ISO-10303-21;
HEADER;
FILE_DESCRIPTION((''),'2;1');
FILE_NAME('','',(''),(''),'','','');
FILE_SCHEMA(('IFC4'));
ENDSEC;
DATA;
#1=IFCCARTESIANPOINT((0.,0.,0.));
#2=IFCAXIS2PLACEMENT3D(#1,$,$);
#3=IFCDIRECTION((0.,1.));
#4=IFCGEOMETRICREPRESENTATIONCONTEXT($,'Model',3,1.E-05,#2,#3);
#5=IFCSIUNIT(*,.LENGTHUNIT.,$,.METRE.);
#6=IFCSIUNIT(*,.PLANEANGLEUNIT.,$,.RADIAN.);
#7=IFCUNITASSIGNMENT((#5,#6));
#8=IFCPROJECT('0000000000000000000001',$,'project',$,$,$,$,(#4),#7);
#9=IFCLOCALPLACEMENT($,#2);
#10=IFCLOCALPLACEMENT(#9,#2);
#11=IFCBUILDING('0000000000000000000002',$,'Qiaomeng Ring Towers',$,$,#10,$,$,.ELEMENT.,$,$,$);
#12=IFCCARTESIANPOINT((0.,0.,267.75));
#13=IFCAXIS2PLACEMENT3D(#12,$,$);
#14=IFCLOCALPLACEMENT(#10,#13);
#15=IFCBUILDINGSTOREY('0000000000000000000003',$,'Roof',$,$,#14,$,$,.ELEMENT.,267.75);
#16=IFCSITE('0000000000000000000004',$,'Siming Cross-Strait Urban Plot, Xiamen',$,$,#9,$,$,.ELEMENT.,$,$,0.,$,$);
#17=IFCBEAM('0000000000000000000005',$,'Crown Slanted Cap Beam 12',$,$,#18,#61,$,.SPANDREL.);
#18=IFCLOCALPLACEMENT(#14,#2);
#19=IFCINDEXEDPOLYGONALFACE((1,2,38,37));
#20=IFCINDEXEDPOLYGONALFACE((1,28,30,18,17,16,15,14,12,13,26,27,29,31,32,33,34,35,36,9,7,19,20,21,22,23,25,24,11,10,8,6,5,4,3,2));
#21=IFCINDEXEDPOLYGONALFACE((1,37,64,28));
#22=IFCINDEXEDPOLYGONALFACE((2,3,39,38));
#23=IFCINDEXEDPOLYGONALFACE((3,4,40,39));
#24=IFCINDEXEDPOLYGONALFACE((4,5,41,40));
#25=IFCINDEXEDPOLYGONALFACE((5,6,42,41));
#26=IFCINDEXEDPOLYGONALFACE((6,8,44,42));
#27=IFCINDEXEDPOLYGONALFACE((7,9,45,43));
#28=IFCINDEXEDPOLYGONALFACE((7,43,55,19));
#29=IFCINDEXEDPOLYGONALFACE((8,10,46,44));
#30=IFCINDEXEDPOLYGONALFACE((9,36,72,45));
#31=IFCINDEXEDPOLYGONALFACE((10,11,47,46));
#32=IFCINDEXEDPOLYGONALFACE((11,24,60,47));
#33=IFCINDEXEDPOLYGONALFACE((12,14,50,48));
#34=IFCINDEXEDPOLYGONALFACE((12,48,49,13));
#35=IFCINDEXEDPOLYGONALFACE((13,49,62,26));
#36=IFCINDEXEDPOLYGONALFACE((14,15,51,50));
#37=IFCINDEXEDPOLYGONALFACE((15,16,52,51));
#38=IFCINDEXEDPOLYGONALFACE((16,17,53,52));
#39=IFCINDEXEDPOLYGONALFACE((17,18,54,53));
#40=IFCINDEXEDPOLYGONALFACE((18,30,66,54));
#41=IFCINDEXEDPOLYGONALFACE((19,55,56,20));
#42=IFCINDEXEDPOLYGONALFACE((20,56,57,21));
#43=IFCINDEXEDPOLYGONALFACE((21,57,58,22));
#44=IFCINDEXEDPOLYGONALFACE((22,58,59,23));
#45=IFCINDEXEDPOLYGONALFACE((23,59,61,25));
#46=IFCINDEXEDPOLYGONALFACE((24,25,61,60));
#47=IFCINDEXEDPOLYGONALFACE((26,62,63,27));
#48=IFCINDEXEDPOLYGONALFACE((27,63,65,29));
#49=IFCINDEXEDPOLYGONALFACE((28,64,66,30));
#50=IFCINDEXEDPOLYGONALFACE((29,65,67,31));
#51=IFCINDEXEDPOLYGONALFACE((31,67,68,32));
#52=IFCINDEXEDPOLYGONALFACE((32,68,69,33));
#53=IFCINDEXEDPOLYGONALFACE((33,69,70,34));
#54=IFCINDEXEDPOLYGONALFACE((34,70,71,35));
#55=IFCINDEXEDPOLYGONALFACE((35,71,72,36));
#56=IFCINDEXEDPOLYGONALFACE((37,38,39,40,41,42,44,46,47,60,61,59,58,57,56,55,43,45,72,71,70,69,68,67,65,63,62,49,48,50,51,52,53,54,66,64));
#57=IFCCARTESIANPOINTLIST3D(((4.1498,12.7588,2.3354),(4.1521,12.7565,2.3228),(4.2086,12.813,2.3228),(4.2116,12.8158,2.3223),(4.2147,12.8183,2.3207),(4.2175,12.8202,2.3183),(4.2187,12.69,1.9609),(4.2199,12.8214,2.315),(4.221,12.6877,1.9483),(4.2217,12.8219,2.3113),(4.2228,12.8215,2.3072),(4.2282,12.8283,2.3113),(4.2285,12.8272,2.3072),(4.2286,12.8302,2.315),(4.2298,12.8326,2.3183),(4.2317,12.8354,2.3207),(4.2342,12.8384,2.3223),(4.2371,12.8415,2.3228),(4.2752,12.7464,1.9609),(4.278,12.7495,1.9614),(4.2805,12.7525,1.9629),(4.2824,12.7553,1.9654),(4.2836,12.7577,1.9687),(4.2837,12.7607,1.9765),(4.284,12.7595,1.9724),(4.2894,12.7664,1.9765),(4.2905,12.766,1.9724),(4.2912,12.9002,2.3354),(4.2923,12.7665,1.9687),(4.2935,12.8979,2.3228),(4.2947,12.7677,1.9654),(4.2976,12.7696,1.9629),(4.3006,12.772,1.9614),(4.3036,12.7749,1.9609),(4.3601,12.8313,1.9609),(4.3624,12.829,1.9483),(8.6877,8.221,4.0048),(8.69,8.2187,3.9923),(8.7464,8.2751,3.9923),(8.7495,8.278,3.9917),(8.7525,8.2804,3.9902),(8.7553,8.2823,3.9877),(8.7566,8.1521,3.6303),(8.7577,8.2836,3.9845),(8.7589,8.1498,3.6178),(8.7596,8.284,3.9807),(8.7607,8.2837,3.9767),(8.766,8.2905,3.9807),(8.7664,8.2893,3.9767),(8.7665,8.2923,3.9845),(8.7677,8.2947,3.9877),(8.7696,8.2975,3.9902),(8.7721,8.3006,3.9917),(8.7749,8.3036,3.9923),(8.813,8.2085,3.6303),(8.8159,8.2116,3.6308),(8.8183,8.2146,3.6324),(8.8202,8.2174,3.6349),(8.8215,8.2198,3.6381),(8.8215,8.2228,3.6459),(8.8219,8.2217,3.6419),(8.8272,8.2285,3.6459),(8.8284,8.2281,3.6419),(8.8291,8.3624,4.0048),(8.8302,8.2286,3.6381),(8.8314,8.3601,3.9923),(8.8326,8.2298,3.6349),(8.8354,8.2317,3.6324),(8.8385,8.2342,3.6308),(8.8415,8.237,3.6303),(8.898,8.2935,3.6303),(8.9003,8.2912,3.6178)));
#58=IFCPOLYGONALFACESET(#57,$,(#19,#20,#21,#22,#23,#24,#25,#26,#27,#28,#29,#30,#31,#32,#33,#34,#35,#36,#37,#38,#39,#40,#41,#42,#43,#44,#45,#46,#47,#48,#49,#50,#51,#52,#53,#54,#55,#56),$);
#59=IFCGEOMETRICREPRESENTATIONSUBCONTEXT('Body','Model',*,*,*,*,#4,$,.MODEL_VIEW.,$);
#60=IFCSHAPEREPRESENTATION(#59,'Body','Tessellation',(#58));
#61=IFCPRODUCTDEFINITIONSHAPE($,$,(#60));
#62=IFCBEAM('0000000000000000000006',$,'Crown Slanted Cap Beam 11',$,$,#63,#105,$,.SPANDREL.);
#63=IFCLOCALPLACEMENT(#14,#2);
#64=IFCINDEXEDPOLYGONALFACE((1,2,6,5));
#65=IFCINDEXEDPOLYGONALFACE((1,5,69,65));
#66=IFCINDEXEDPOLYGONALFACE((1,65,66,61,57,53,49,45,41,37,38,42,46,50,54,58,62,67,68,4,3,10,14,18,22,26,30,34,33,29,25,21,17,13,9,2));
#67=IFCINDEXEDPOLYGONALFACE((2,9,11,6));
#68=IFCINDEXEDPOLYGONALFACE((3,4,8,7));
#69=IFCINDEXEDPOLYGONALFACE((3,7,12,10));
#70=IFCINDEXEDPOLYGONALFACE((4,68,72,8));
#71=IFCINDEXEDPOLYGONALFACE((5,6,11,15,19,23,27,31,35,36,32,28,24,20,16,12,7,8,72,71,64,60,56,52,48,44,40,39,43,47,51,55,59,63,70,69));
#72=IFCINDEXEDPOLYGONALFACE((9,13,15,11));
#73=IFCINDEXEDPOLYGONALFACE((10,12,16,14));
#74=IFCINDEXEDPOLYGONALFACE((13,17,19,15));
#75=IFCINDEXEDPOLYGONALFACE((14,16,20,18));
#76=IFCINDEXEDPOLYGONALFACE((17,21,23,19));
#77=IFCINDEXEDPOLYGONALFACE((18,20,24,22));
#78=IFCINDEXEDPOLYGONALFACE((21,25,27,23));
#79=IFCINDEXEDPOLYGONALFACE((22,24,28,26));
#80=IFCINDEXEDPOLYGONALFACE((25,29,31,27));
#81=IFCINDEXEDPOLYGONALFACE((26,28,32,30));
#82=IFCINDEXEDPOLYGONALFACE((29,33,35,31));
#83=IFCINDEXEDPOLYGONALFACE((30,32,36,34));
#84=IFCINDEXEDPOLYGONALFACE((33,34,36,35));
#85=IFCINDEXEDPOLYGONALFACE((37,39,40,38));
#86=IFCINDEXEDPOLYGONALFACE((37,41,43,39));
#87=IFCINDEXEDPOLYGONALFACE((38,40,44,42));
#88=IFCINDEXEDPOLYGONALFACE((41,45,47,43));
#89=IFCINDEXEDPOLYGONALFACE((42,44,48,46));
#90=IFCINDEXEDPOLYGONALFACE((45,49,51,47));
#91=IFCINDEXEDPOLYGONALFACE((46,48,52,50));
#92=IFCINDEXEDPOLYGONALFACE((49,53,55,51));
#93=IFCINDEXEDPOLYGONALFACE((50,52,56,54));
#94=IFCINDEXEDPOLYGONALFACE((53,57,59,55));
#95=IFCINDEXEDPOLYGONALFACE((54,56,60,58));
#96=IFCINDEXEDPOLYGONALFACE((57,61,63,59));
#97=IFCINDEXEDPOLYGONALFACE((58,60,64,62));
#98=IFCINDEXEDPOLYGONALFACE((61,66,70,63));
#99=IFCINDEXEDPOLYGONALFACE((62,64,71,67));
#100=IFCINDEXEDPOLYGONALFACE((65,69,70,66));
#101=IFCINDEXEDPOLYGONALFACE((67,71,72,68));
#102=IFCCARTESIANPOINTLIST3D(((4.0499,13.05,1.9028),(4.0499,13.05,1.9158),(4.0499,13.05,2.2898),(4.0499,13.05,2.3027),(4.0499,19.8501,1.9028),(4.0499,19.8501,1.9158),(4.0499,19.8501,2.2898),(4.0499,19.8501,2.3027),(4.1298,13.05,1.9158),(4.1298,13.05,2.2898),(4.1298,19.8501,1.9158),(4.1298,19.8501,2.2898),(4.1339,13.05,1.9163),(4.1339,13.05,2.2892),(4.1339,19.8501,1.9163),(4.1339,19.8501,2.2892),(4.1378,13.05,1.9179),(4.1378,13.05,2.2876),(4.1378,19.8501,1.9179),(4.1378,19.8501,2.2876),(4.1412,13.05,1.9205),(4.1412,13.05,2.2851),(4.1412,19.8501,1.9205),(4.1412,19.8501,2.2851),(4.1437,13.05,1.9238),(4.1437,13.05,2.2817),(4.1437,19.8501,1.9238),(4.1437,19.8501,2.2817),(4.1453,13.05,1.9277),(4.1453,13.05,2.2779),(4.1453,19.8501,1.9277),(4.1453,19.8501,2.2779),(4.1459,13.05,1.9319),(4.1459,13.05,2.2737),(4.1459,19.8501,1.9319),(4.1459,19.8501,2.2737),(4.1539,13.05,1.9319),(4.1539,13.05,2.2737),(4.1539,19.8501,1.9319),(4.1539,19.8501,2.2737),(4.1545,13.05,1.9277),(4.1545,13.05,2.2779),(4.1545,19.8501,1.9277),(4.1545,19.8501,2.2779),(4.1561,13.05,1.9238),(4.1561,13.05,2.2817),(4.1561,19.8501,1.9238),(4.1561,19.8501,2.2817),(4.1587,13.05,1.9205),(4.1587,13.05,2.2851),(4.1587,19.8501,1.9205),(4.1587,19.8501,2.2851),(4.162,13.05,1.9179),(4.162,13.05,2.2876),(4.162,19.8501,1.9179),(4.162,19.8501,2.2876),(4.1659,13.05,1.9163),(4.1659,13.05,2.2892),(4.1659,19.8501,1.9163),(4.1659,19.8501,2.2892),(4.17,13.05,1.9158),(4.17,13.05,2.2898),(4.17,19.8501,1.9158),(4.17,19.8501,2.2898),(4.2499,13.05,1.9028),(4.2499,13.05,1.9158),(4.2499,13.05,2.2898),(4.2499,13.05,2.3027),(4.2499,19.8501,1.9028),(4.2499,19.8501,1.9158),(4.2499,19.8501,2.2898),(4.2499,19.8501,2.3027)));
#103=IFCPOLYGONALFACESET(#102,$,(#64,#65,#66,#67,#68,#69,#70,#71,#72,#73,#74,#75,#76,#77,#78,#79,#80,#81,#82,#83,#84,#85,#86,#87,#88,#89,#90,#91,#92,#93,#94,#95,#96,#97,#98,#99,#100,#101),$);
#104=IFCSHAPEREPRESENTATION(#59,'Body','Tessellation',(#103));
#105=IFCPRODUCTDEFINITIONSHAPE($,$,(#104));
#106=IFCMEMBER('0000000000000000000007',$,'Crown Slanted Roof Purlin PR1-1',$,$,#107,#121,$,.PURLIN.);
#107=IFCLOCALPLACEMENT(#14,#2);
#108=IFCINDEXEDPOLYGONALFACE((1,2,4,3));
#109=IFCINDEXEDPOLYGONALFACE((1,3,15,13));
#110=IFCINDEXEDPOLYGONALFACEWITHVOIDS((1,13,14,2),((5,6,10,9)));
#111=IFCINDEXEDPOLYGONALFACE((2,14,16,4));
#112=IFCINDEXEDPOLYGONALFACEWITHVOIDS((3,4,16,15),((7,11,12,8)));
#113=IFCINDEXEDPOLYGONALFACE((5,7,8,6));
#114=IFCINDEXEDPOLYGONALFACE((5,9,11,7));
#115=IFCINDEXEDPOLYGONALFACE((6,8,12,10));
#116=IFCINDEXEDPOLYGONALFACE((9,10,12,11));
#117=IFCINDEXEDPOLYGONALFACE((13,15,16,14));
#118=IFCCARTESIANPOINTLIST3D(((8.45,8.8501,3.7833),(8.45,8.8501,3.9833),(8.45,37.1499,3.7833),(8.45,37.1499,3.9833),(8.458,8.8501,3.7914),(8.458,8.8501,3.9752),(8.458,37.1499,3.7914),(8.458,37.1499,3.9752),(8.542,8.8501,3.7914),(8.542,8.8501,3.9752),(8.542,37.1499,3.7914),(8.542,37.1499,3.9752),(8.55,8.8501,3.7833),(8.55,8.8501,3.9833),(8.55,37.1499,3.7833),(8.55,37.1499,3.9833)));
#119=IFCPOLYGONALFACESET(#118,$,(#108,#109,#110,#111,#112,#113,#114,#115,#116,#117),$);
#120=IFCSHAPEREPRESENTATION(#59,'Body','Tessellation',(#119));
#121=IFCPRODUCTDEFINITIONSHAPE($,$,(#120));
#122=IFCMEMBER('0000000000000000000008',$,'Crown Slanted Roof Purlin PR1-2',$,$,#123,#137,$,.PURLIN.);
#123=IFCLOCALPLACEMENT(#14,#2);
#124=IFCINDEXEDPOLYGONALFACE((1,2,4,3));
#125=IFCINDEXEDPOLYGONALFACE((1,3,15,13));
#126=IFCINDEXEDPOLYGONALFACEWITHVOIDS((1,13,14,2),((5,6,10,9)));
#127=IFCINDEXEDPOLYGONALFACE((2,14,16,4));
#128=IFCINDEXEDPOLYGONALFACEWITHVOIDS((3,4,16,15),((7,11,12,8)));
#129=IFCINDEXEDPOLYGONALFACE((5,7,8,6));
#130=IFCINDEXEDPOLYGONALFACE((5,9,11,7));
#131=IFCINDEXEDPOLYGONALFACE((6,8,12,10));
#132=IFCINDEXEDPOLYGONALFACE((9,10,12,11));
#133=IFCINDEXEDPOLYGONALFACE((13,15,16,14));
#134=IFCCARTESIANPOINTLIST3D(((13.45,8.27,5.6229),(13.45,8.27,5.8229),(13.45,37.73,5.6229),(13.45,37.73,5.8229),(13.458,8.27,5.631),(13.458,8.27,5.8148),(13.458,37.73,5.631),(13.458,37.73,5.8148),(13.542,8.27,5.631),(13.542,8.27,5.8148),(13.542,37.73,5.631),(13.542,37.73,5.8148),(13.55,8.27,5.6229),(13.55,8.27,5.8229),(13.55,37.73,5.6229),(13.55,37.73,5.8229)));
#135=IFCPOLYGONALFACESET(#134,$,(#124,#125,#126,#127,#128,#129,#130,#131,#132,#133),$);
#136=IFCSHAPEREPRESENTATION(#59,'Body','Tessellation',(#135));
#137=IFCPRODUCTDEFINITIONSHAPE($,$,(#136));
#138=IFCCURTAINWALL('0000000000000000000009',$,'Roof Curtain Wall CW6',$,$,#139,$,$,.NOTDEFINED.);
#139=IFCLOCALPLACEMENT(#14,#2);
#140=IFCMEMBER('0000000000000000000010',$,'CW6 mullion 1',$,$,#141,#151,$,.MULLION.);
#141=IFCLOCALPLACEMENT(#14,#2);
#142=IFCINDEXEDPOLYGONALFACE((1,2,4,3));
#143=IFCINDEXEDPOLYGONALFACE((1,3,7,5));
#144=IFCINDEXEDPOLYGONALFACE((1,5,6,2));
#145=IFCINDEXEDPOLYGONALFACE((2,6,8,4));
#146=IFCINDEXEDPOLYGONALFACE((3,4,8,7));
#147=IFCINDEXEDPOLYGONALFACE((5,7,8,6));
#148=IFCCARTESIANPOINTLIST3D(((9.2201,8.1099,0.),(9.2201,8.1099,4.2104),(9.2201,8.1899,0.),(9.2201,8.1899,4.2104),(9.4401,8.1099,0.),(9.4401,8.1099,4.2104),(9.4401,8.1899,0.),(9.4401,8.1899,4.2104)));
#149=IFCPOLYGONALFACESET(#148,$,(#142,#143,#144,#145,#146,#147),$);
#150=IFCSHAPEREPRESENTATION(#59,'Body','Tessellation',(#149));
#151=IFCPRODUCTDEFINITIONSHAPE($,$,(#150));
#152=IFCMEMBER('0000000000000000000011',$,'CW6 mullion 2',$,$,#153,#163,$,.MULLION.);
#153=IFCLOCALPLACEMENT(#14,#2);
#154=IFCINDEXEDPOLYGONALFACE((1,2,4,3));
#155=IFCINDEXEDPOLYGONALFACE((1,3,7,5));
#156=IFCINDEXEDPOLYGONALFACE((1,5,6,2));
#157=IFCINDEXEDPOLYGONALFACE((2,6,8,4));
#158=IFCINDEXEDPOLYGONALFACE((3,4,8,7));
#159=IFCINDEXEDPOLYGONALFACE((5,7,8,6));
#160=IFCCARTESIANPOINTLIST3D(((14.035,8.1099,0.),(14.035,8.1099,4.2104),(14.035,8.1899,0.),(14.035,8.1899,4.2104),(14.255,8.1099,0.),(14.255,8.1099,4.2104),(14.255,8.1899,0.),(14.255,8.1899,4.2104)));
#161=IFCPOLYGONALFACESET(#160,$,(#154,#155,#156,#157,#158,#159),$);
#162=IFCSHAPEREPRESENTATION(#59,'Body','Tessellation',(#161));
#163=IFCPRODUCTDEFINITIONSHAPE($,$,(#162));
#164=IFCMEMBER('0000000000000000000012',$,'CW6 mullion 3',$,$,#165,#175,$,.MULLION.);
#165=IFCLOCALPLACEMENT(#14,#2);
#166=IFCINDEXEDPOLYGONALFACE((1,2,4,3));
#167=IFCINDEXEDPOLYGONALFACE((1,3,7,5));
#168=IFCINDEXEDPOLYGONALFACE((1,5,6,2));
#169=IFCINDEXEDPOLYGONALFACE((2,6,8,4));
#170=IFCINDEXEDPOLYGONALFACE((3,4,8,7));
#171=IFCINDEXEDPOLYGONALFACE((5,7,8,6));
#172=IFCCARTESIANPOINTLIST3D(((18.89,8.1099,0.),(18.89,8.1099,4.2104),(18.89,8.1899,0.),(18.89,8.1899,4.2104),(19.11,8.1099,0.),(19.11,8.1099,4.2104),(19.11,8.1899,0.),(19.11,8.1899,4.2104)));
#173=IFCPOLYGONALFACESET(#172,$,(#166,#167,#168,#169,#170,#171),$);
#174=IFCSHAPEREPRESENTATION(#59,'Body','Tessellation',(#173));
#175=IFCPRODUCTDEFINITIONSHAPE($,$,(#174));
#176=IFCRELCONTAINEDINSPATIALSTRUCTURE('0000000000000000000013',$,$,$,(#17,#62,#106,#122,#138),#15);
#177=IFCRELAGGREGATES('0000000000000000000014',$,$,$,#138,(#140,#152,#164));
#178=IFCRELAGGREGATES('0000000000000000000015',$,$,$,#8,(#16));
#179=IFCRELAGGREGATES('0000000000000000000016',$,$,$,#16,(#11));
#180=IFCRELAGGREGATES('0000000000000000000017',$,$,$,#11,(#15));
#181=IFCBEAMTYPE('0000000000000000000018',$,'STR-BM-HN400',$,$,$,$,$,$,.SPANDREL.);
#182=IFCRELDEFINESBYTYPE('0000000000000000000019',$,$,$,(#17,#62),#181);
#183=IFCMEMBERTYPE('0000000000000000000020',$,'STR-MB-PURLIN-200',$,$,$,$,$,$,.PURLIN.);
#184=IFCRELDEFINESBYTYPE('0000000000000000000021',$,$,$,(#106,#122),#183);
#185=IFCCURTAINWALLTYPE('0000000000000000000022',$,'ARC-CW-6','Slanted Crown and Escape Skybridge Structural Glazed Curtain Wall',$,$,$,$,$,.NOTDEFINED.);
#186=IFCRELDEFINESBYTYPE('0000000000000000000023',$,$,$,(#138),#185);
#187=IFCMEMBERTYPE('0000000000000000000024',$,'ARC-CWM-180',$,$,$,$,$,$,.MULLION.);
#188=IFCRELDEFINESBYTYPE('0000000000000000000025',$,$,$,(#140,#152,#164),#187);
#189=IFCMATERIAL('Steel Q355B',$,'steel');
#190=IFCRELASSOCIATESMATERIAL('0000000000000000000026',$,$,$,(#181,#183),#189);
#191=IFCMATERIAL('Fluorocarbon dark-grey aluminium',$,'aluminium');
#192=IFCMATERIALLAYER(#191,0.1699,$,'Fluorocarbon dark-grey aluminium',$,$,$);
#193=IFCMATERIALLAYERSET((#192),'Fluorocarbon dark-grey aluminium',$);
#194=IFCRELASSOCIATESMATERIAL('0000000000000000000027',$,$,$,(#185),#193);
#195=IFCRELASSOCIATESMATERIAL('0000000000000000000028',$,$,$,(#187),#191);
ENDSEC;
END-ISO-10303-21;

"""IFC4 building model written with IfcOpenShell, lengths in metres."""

from ifc_helpers import new_model, si_unit, direction, frame, origin, origin_2d, place, context, subcontext, project, spatial, rectangle, hollow_rectangle, i_section, extrude, source, transform, mapped, material, layer, layer_set, material_profile, profile_set, type_object, element, aggregate, save


model = new_model("IFC4")

# Units and contexts
model_context = context("Model", 3, precision=1e-05, world=origin(), true_north=direction((0.0, 1.0)))
body_context = subcontext(model_context, "Body", "Model", "MODEL_VIEW")
ifc_project = project(units=[si_unit("LENGTHUNIT", "METRE"), si_unit("PLANEANGLEUNIT", "RADIAN")], contexts=[model_context])

# Site, building, storey
site_placement = place(None, origin())
site = spatial("IfcSite", under=ifc_project, at=site_placement, Name="Siming Cross-Strait Urban Plot, Xiamen", CompositionType="ELEMENT", RefElevation=0.0)
building_placement = place(site_placement, origin())
building = spatial("IfcBuilding", under=site, at=building_placement, Name="Qiaomeng Ring Towers", CompositionType="ELEMENT")
storey_placement = place(building_placement, frame((0.0, 0.0, 267.75)))
storey = spatial("IfcBuildingStorey", under=building, at=storey_placement, Name="Roof", CompositionType="ELEMENT", Elevation=267.75)

# Shared definitions
ifc_material_1 = material(Name="Steel Q355B", Category="steel")

# Beams
ifc_material_profile_1 = material_profile(ifc_material_1, i_section(OverallWidth=0.2, OverallDepth=0.3999, WebThickness=0.0081, FlangeThickness=0.0129, FilletRadius=0.0161, at=origin_2d()), Name="HN 400x200x8x13")
ifc_profile_set_1 = profile_set([ifc_material_profile_1], Name="Steel Q355B")
beam_type = type_object("IfcBeamType", Name="STR-BM-HN400", PredefinedType="SPANDREL", material=ifc_profile_set_1)
shared_shape_1 = source(origin(), body_context, "Body", "SweptSolid", [
    extrude(i_section(OverallWidth=0.2, OverallDepth=0.3999, WebThickness=0.0081, FlangeThickness=0.0129, FilletRadius=0.0161, at=origin_2d()), origin(), (0.0, 0.0, 1.0), 6.6311),
])
beam_1_placement = place(storey_placement, frame((4.2561, 12.7939, 2.1418), z_axis=(0.684331, -0.684331, 0.251759), x_axis=(0.707107, 0.707107, 0.0)))
element("IfcBeam", 1, at=beam_1_placement, inside=storey, type_object=beam_type, Name="Crown Slanted Cap Beam 12", PredefinedType="SPANDREL", context=body_context, shape_type="MappedRepresentation", body=[
    mapped(shared_shape_1, transform((0.0, 0.0, 0.0), x_axis=(1.0, 0.0, 0.0), y_axis=(0.0, 1.0, 0.0), z_axis=(0.0, 0.0, 1.0), scale=1.0)),
])
shared_shape_2 = source(origin(), body_context, "Body", "SweptSolid", [
    extrude(i_section(OverallWidth=0.2, OverallDepth=0.3999, WebThickness=0.0081, FlangeThickness=0.0129, FilletRadius=0.0161, at=origin_2d()), origin(), (0.0, 0.0, 1.0), 6.8),
])
beam_2_placement = place(storey_placement, frame((4.1499, 19.8501, 2.1028), z_axis=(0.0, -1.0, 0.0), x_axis=(1.0, 0.0, 0.0)))
element("IfcBeam", 2, at=beam_2_placement, inside=storey, type_object=beam_type, Name="Crown Slanted Cap Beam 11", PredefinedType="SPANDREL", context=body_context, shape_type="MappedRepresentation", body=[
    mapped(shared_shape_2, transform((0.0, 0.0, 0.0), x_axis=(1.0, 0.0, 0.0), y_axis=(0.0, 1.0, 0.0), z_axis=(0.0, 0.0, 1.0), scale=1.0)),
])

# Members
ifc_material_profile_2 = material_profile(ifc_material_1, hollow_rectangle(XDim=0.1001, YDim=0.2, WallThickness=0.0081, at=origin_2d()), Name="RHS 200x100x8")
ifc_profile_set_2 = profile_set([ifc_material_profile_2], Name="Steel Q355B")
member_type_1 = type_object("IfcMemberType", Name="STR-MB-PURLIN-200", PredefinedType="PURLIN", material=ifc_profile_set_2)
shared_shape_3 = source(origin(), body_context, "Body", "SweptSolid", [
    extrude(hollow_rectangle(XDim=0.1001, YDim=0.2, WallThickness=0.0081, at=origin_2d()), origin(), (0.0, 0.0, 1.0), 28.2998),
])
member_1_placement = place(storey_placement, frame((8.5, 8.8501, 3.8833), z_axis=(0.0, 1.0, 0.0), x_axis=(-1.0, 0.0, 0.0)))
element("IfcMember", 3, at=member_1_placement, inside=storey, type_object=member_type_1, Name="Crown Slanted Roof Purlin PR1-1", PredefinedType="PURLIN", context=body_context, shape_type="MappedRepresentation", body=[
    mapped(shared_shape_3, transform((0.0, 0.0, 0.0), x_axis=(1.0, 0.0, 0.0), y_axis=(0.0, 1.0, 0.0), z_axis=(0.0, 0.0, 1.0), scale=1.0)),
])
shared_shape_4 = source(origin(), body_context, "Body", "SweptSolid", [
    extrude(hollow_rectangle(XDim=0.1001, YDim=0.2, WallThickness=0.0081, at=origin_2d()), origin(), (0.0, 0.0, 1.0), 29.46),
])
member_2_placement = place(storey_placement, frame((13.5, 8.27, 5.7229), z_axis=(0.0, 1.0, 0.0), x_axis=(-1.0, 0.0, 0.0)))
element("IfcMember", 4, at=member_2_placement, inside=storey, type_object=member_type_1, Name="Crown Slanted Roof Purlin PR1-2", PredefinedType="PURLIN", context=body_context, shape_type="MappedRepresentation", body=[
    mapped(shared_shape_4, transform((0.0, 0.0, 0.0), x_axis=(1.0, 0.0, 0.0), y_axis=(0.0, 1.0, 0.0), z_axis=(0.0, 0.0, 1.0), scale=1.0)),
])

# Curtain wall, members
ifc_material_2 = material(Name="Fluorocarbon dark-grey aluminium", Category="aluminium")
ifc_layer_1 = layer(ifc_material_2, 0.1699, Name="Fluorocarbon dark-grey aluminium")
ifc_layer_set_1 = layer_set([ifc_layer_1], Name="Fluorocarbon dark-grey aluminium")
curtain_wall_type = type_object("IfcCurtainWallType", Name="ARC-CW-6", Description="Slanted Crown and Escape Skybridge Structural Glazed Curtain Wall", PredefinedType="NOTDEFINED", material=ifc_layer_set_1)
curtain_wall_1_placement = place(storey_placement, origin())
curtain_wall_1 = element("IfcCurtainWall", 5, at=curtain_wall_1_placement, inside=storey, type_object=curtain_wall_type, Name="Roof Curtain Wall CW6", PredefinedType="NOTDEFINED")
ifc_material_profile_3 = material_profile(ifc_material_2, rectangle(XDim=0.0801, YDim=0.22, at=origin_2d()), Name="ALU MULL 80x220")
ifc_profile_set_3 = profile_set([ifc_material_profile_3], Name="Fluorocarbon dark-grey aluminium")
member_type_2 = type_object("IfcMemberType", Name="ARC-CWM-180", PredefinedType="MULLION", material=ifc_profile_set_3)
shared_shape_5 = source(origin(), body_context, "Body", "SweptSolid", [
    extrude(rectangle(XDim=0.0801, YDim=0.22, at=origin_2d()), origin(), (0.0, 0.0, 1.0), 4.2104),
])
member_3_placement = place(storey_placement, frame((9.3301, 8.1499, 0.0), z_axis=(0.0, 0.0, 1.0), x_axis=(0.0, 1.0, 0.0)))
member_3 = element("IfcMember", 6, at=member_3_placement, type_object=member_type_2, Name="CW6 mullion 1", PredefinedType="MULLION", context=body_context, shape_type="MappedRepresentation", body=[
    mapped(shared_shape_5, transform((0.0, 0.0, 0.0), x_axis=(1.0, 0.0, 0.0), y_axis=(0.0, 1.0, 0.0), z_axis=(0.0, 0.0, 1.0), scale=1.0)),
])
member_4_placement = place(storey_placement, frame((14.145, 8.1499, 0.0), z_axis=(0.0, 0.0, 1.0), x_axis=(0.0, 1.0, 0.0)))
member_4 = element("IfcMember", 7, at=member_4_placement, type_object=member_type_2, Name="CW6 mullion 2", PredefinedType="MULLION", context=body_context, shape_type="MappedRepresentation", body=[
    mapped(shared_shape_5, transform((0.0, 0.0, 0.0), x_axis=(1.0, 0.0, 0.0), y_axis=(0.0, 1.0, 0.0), z_axis=(0.0, 0.0, 1.0), scale=1.0)),
])
member_5_placement = place(storey_placement, frame((19.0, 8.1499, 0.0), z_axis=(0.0, 0.0, 1.0), x_axis=(0.0, 1.0, 0.0)))
member_5 = element("IfcMember", 8, at=member_5_placement, type_object=member_type_2, Name="CW6 mullion 3", PredefinedType="MULLION", context=body_context, shape_type="MappedRepresentation", body=[
    mapped(shared_shape_5, transform((0.0, 0.0, 0.0), x_axis=(1.0, 0.0, 0.0), y_axis=(0.0, 1.0, 0.0), z_axis=(0.0, 0.0, 1.0), scale=1.0)),
])

aggregate(curtain_wall_1, [member_3, member_4, member_5])

save(model, "model.ifc")
